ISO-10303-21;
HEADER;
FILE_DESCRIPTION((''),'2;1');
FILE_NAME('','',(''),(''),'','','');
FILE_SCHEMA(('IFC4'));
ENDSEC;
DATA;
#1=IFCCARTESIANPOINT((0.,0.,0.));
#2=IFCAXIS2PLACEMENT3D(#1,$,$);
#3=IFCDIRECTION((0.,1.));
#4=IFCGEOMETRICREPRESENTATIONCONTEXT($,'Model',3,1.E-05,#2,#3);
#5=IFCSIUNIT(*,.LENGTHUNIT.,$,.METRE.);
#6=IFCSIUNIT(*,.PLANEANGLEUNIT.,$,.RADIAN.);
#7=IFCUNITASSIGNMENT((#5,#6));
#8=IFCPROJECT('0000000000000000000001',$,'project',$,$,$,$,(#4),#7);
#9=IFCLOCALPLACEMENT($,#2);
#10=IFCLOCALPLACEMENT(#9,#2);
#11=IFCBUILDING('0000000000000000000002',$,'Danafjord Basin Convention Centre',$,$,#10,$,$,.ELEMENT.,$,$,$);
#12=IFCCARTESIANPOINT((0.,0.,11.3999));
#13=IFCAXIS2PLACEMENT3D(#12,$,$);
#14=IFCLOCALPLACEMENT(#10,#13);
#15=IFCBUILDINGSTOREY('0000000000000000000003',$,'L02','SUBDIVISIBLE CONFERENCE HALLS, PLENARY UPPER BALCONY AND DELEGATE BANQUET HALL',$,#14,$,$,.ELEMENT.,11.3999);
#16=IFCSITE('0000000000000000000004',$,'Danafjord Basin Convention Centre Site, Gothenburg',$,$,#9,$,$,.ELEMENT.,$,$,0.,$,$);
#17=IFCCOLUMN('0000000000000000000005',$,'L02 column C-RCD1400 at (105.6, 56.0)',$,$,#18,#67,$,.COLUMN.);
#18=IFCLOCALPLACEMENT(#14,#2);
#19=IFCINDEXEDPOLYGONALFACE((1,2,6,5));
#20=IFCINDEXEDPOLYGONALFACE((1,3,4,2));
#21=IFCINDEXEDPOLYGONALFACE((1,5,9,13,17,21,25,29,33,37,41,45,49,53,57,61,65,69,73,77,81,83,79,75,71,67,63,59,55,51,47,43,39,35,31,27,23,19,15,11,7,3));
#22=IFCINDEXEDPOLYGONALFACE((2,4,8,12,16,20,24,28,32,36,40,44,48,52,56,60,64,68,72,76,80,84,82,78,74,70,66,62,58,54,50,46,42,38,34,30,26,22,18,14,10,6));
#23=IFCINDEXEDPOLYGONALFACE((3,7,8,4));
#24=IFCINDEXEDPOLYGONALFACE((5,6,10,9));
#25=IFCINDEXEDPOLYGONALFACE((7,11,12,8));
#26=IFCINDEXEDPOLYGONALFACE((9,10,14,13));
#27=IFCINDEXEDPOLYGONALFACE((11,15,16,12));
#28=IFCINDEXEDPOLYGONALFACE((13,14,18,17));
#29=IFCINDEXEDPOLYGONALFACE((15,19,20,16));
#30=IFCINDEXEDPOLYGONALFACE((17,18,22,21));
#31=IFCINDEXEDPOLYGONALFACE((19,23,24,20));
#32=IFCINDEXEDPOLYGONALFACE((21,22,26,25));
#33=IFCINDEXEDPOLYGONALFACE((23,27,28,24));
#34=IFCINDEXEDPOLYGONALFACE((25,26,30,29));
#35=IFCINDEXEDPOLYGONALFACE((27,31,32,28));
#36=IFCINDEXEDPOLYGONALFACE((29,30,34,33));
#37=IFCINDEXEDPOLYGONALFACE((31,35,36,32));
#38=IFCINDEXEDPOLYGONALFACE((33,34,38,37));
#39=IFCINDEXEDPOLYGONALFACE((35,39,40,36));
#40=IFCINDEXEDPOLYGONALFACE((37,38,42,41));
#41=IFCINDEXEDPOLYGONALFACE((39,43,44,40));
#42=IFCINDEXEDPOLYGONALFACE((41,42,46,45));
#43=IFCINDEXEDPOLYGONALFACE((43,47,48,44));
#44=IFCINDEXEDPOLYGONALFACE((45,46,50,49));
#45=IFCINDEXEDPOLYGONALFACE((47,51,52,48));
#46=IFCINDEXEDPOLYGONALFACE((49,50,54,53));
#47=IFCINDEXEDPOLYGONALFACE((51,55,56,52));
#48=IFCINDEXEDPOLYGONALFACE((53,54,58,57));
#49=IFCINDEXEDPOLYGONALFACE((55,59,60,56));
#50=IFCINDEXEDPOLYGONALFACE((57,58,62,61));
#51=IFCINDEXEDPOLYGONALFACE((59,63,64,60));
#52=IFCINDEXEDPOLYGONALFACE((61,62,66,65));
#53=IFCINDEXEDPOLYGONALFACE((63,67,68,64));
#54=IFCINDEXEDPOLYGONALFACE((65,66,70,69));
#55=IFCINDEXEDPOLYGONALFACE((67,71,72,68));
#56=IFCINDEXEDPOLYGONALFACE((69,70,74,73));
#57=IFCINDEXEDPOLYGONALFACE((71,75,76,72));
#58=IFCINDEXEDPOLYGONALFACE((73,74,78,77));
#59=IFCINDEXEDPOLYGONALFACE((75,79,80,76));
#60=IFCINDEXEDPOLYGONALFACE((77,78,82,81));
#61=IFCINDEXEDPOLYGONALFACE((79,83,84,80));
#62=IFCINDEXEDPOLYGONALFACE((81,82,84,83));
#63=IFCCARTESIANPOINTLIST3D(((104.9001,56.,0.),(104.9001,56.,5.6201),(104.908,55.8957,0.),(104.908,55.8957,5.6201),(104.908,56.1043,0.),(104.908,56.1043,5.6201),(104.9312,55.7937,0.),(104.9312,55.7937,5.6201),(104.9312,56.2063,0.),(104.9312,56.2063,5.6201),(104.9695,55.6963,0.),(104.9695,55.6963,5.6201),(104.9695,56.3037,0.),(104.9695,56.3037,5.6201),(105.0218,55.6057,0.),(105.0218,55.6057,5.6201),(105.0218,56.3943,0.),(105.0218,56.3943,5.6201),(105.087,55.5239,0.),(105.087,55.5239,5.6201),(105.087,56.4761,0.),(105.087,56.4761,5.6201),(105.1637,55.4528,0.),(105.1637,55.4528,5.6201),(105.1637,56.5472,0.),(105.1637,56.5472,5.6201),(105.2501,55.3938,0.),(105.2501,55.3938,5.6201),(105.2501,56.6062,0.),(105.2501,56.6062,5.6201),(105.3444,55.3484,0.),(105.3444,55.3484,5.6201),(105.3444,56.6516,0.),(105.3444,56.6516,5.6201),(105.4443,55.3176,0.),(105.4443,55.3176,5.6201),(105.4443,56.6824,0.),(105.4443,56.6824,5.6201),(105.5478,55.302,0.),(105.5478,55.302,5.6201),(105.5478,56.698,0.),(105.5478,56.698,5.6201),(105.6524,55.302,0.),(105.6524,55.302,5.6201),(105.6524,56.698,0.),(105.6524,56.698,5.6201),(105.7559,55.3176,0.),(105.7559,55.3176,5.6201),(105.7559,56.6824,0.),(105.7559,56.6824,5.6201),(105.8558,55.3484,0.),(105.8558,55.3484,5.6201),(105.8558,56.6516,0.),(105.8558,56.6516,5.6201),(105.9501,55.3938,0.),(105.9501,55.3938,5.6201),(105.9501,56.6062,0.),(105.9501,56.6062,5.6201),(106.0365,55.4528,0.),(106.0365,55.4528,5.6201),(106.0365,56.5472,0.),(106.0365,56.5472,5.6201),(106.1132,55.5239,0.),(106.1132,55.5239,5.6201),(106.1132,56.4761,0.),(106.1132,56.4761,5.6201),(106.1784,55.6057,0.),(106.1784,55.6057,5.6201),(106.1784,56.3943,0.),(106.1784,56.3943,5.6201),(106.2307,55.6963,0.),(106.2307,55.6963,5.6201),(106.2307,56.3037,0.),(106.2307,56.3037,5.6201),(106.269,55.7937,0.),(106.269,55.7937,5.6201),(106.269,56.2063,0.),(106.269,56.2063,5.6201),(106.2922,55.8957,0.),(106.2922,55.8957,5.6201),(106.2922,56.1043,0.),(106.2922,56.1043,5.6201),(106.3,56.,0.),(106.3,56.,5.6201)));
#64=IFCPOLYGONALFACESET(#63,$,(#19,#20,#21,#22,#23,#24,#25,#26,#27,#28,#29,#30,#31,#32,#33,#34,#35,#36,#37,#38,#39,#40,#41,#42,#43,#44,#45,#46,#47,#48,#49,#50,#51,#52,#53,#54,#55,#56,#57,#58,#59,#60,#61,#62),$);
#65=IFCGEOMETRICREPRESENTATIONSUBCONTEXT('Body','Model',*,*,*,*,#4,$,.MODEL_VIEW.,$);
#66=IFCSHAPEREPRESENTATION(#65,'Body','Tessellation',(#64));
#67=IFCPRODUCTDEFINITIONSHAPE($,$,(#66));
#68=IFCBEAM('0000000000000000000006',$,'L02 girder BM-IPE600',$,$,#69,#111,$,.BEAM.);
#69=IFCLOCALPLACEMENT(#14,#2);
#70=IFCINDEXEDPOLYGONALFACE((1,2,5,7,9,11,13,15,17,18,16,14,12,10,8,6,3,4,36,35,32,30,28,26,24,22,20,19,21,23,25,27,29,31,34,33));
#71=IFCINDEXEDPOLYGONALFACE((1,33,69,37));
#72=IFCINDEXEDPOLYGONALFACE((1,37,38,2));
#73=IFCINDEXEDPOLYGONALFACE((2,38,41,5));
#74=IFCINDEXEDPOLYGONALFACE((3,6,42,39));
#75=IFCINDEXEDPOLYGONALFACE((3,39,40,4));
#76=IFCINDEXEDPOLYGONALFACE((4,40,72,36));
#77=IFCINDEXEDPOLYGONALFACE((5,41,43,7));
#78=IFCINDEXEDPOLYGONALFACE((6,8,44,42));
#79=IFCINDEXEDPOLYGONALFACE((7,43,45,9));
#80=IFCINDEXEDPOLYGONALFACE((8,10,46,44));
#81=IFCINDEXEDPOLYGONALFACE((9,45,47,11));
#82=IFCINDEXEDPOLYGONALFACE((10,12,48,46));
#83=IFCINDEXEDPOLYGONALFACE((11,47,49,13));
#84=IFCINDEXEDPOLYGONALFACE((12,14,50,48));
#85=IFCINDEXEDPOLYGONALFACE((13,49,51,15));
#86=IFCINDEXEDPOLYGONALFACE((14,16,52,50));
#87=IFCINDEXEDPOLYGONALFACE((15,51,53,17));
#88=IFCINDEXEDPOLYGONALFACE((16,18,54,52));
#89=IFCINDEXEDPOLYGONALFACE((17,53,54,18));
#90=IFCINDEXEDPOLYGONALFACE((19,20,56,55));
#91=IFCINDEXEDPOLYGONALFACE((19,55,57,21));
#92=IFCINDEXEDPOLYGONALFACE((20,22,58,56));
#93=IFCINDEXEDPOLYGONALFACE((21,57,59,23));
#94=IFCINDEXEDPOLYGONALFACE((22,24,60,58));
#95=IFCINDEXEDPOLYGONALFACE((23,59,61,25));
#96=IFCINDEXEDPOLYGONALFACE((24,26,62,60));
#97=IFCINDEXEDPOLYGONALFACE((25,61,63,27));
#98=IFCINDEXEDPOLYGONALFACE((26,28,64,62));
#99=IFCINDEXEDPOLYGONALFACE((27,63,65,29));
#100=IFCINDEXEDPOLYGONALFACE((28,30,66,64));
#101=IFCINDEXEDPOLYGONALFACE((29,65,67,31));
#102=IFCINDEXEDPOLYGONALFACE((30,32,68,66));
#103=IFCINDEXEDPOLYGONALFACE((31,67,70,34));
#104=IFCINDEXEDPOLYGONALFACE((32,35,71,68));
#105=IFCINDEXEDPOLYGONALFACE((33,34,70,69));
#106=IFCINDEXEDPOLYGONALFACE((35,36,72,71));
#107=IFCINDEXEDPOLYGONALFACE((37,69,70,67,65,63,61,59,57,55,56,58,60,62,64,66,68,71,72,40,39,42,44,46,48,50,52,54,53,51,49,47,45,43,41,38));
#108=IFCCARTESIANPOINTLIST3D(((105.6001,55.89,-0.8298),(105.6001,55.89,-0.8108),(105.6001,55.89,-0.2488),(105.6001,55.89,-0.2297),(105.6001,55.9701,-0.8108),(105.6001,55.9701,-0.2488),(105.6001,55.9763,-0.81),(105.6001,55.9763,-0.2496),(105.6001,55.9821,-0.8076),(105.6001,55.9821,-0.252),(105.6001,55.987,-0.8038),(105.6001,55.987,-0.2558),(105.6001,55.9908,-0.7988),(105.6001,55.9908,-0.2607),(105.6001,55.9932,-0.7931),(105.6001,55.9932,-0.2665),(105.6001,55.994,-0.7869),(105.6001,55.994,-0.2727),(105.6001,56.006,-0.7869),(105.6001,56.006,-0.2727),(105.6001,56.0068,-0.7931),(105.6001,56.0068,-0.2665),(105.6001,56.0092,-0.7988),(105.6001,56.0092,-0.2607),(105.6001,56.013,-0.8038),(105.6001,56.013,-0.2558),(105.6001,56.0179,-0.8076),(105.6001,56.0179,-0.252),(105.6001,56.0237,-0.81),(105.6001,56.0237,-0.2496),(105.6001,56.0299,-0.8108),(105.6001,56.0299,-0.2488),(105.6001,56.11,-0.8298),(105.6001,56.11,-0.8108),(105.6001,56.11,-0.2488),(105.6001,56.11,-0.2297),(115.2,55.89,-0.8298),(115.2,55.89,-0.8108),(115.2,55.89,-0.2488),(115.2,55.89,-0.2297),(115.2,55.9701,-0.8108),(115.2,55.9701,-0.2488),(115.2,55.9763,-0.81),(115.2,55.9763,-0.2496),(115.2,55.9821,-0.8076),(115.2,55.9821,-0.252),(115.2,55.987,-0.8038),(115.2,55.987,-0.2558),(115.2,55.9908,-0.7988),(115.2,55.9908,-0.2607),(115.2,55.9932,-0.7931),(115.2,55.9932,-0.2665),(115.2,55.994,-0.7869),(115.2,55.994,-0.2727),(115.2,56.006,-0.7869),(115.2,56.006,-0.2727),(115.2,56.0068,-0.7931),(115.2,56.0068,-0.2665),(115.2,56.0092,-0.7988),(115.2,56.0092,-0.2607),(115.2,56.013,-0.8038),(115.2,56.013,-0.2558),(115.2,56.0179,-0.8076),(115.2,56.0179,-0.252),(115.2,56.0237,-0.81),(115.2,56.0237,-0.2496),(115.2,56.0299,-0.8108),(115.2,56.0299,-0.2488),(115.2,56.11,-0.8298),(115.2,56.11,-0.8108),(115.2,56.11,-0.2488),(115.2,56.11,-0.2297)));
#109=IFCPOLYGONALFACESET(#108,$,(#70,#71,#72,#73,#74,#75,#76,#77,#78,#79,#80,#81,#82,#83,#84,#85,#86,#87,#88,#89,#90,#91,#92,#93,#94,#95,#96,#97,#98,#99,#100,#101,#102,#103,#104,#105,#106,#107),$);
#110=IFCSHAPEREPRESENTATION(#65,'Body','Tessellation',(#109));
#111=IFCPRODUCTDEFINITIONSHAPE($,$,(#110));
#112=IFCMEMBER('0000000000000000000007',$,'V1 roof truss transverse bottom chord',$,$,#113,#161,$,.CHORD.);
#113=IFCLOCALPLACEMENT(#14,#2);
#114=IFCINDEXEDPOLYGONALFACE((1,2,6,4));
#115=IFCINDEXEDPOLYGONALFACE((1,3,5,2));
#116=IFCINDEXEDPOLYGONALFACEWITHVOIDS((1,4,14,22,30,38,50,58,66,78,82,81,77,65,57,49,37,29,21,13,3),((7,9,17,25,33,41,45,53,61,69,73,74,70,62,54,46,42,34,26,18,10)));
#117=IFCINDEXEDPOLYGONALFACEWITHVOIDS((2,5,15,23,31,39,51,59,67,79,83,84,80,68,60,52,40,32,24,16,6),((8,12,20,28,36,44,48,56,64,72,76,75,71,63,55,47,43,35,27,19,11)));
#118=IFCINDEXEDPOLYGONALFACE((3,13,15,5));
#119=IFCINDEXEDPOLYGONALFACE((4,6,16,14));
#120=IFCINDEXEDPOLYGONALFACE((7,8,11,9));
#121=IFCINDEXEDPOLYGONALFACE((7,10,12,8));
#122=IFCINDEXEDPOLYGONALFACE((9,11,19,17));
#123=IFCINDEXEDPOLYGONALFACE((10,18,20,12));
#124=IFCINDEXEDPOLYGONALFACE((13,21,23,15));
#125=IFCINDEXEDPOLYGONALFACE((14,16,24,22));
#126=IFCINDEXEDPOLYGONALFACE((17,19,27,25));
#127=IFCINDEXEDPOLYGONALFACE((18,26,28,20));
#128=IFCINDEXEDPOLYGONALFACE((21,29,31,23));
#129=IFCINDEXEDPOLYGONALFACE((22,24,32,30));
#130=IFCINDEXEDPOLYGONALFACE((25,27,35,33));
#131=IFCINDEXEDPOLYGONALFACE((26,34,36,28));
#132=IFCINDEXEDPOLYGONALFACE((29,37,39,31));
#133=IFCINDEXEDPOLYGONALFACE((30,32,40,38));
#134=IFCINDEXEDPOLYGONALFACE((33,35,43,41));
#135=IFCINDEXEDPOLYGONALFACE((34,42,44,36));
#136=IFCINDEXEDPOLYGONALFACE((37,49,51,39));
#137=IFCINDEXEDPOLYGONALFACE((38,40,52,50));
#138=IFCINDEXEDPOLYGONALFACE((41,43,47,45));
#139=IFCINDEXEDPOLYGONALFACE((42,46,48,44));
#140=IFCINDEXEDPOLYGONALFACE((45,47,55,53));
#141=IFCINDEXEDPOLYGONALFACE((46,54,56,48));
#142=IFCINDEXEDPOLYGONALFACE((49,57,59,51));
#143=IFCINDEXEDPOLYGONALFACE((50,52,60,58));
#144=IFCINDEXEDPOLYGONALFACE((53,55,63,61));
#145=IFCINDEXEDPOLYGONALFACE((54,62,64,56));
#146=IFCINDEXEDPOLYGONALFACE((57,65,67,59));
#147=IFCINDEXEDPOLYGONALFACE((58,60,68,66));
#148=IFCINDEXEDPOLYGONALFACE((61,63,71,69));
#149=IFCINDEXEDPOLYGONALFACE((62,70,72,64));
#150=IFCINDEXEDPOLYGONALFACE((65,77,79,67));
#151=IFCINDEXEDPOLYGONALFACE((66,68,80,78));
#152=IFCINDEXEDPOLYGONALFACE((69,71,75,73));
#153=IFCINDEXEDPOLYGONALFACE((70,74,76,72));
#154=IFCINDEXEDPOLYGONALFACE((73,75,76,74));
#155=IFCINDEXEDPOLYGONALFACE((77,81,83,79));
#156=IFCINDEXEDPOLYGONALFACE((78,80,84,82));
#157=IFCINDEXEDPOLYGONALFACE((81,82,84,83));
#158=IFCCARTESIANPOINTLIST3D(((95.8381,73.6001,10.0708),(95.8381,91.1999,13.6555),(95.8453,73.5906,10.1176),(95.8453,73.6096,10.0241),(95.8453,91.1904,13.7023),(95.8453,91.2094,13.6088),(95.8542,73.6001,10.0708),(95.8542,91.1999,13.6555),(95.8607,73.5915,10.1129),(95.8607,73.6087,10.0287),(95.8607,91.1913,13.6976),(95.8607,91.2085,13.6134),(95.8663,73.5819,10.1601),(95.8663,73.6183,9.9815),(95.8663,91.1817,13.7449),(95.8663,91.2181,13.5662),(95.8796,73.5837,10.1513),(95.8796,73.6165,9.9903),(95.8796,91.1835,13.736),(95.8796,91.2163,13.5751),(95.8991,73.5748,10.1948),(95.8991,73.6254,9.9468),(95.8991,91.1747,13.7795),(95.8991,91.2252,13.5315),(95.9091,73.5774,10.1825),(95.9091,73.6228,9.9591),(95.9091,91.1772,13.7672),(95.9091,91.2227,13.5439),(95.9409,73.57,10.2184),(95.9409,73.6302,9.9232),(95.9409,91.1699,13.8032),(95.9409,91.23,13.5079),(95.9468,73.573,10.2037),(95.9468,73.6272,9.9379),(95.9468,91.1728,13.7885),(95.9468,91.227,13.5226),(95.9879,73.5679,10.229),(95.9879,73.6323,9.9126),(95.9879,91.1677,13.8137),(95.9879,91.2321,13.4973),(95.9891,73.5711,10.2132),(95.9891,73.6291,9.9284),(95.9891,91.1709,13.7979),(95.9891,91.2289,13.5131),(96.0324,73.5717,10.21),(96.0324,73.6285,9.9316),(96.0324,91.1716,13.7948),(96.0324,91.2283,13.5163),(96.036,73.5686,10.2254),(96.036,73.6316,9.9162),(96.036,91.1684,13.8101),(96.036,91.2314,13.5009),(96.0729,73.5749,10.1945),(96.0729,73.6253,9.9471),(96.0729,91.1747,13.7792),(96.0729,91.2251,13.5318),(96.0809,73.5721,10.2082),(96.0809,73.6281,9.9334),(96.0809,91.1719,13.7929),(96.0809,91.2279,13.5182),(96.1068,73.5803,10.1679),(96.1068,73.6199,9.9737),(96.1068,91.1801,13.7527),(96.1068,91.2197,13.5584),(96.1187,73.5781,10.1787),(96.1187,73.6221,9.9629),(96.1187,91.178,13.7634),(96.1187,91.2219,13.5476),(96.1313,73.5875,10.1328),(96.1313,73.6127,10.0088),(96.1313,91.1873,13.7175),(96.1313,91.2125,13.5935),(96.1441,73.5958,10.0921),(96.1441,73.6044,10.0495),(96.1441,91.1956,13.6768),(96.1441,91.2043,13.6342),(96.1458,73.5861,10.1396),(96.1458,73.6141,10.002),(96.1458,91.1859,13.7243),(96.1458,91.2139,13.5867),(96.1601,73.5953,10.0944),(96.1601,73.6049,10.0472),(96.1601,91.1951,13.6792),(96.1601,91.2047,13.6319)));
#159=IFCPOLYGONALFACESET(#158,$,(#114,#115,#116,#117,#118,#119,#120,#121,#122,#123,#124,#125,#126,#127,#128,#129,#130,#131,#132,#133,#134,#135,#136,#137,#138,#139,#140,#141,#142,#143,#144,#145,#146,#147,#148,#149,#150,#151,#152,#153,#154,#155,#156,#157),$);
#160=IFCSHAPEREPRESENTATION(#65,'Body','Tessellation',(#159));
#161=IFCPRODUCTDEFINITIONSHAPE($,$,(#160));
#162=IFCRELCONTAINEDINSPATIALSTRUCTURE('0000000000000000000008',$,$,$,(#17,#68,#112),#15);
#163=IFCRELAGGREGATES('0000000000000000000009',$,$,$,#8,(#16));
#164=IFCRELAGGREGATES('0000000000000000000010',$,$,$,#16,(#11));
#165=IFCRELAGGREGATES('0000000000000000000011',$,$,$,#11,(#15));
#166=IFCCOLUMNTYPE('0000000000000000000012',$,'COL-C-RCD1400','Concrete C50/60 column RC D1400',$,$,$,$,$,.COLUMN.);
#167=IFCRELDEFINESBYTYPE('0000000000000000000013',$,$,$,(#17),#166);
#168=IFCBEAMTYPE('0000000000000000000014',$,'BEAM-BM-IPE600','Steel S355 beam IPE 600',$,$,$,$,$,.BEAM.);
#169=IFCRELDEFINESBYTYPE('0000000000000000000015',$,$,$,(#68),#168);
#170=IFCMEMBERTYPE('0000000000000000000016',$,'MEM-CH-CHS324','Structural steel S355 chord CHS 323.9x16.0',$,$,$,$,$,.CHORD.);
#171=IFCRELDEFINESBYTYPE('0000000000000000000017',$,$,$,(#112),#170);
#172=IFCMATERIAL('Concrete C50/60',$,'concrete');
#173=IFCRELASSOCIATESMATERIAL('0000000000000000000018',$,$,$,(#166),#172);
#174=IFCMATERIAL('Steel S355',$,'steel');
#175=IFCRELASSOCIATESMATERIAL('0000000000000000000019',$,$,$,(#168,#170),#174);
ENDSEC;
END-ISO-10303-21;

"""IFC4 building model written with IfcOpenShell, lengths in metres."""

from ifc_helpers import new_model, si_unit, direction, frame, origin, origin_2d, place, context, subcontext, project, spatial, circle, hollow_circle, i_section, extrude, material, material_profile, profile_set, type_object, element, save


model = new_model("IFC4")

# Units and contexts
model_context = context("Model", 3, precision=1e-05, world=origin(), true_north=direction((0.0, 1.0)))
body_context = subcontext(model_context, "Body", "Model", "MODEL_VIEW")
ifc_project = project(units=[si_unit("LENGTHUNIT", "METRE"), si_unit("PLANEANGLEUNIT", "RADIAN")], contexts=[model_context])

# Site, building, storey
site_placement = place(None, origin())
site = spatial("IfcSite", under=ifc_project, at=site_placement, Name="Danafjord Basin Convention Centre Site, Gothenburg", CompositionType="ELEMENT", RefElevation=0.0)
building_placement = place(site_placement, origin())
building = spatial("IfcBuilding", under=site, at=building_placement, Name="Danafjord Basin Convention Centre", CompositionType="ELEMENT")
storey_placement = place(building_placement, frame((0.0, 0.0, 11.3999)))
storey = spatial("IfcBuildingStorey", under=building, at=storey_placement, Name="L02", Description="SUBDIVISIBLE CONFERENCE HALLS, PLENARY UPPER BALCONY AND DELEGATE BANQUET HALL", CompositionType="ELEMENT", Elevation=11.3999)

# Column
ifc_material_1 = material(Name="Concrete C50/60", Category="concrete")
ifc_material_profile_1 = material_profile(ifc_material_1, circle(Radius=0.7, at=origin_2d()), Name="RC D1400")
ifc_profile_set_1 = profile_set([ifc_material_profile_1], Name="Concrete C50/60")
column_type = type_object("IfcColumnType", Name="COL-C-RCD1400", Description="Concrete C50/60 column RC D1400", PredefinedType="COLUMN", material=ifc_profile_set_1)
column_placement = place(storey_placement, frame((105.6001, 56.0, 0.0), z_axis=(0.0, 0.0, 1.0), x_axis=(1.0, 0.0, 0.0)))
element("IfcColumn", 1, at=column_placement, inside=storey, type_object=column_type, Name="L02 column C-RCD1400 at (105.6, 56.0)", PredefinedType="COLUMN", context=body_context, shape_type="SweptSolid", body=[
    extrude(circle(Radius=0.7, at=origin_2d()), origin(), (0.0, 0.0, 1.0), 5.6201),
])

# Beam
ifc_material_2 = material(Name="Steel S355", Category="steel")
ifc_material_profile_2 = material_profile(ifc_material_2, i_section(OverallWidth=0.22, OverallDepth=0.6001, WebThickness=0.012, FlangeThickness=0.019, FilletRadius=0.0239, at=origin_2d()), Name="IPE 600")
ifc_profile_set_2 = profile_set([ifc_material_profile_2], Name="Steel S355")
beam_type = type_object("IfcBeamType", Name="BEAM-BM-IPE600", Description="Steel S355 beam IPE 600", PredefinedType="BEAM", material=ifc_profile_set_2)
beam_placement = place(storey_placement, frame((105.6001, 56.0, -0.5298), z_axis=(1.0, 0.0, 0.0), x_axis=(0.0, 1.0, 0.0)))
element("IfcBeam", 2, at=beam_placement, inside=storey, type_object=beam_type, Name="L02 girder BM-IPE600", PredefinedType="BEAM", context=body_context, shape_type="SweptSolid", body=[
    extrude(i_section(OverallWidth=0.22, OverallDepth=0.6001, WebThickness=0.012, FlangeThickness=0.019, FilletRadius=0.0239, at=origin_2d()), origin(), (0.0, 0.0, 1.0), 9.5999),
])

# Member
ifc_material_profile_3 = material_profile(ifc_material_2, hollow_circle(Radius=0.1619, WallThickness=0.0161, at=origin_2d()), Name="CHS 323.9x16.0")
ifc_profile_set_3 = profile_set([ifc_material_profile_3], Name="Steel S355")
member_type_1 = type_object("IfcMemberType", Name="MEM-CH-CHS324", Description="Structural steel S355 chord CHS 323.9x16.0", PredefinedType="CHORD", material=ifc_profile_set_3)
member_1_placement = place(storey_placement, frame((96.0, 73.6001, 10.0708), z_axis=(0.0, 0.979881, 0.199581), x_axis=(-1.0, 0.0, 0.0)))
element("IfcMember", 3, at=member_1_placement, inside=storey, type_object=member_type_1, Name="V1 roof truss transverse bottom chord", PredefinedType="CHORD", context=body_context, shape_type="SweptSolid", body=[
    extrude(hollow_circle(Radius=0.1619, WallThickness=0.0161, at=origin_2d()), origin(), (0.0, 0.0, 1.0), 17.9612),
])

save(model, "model.ifc")
